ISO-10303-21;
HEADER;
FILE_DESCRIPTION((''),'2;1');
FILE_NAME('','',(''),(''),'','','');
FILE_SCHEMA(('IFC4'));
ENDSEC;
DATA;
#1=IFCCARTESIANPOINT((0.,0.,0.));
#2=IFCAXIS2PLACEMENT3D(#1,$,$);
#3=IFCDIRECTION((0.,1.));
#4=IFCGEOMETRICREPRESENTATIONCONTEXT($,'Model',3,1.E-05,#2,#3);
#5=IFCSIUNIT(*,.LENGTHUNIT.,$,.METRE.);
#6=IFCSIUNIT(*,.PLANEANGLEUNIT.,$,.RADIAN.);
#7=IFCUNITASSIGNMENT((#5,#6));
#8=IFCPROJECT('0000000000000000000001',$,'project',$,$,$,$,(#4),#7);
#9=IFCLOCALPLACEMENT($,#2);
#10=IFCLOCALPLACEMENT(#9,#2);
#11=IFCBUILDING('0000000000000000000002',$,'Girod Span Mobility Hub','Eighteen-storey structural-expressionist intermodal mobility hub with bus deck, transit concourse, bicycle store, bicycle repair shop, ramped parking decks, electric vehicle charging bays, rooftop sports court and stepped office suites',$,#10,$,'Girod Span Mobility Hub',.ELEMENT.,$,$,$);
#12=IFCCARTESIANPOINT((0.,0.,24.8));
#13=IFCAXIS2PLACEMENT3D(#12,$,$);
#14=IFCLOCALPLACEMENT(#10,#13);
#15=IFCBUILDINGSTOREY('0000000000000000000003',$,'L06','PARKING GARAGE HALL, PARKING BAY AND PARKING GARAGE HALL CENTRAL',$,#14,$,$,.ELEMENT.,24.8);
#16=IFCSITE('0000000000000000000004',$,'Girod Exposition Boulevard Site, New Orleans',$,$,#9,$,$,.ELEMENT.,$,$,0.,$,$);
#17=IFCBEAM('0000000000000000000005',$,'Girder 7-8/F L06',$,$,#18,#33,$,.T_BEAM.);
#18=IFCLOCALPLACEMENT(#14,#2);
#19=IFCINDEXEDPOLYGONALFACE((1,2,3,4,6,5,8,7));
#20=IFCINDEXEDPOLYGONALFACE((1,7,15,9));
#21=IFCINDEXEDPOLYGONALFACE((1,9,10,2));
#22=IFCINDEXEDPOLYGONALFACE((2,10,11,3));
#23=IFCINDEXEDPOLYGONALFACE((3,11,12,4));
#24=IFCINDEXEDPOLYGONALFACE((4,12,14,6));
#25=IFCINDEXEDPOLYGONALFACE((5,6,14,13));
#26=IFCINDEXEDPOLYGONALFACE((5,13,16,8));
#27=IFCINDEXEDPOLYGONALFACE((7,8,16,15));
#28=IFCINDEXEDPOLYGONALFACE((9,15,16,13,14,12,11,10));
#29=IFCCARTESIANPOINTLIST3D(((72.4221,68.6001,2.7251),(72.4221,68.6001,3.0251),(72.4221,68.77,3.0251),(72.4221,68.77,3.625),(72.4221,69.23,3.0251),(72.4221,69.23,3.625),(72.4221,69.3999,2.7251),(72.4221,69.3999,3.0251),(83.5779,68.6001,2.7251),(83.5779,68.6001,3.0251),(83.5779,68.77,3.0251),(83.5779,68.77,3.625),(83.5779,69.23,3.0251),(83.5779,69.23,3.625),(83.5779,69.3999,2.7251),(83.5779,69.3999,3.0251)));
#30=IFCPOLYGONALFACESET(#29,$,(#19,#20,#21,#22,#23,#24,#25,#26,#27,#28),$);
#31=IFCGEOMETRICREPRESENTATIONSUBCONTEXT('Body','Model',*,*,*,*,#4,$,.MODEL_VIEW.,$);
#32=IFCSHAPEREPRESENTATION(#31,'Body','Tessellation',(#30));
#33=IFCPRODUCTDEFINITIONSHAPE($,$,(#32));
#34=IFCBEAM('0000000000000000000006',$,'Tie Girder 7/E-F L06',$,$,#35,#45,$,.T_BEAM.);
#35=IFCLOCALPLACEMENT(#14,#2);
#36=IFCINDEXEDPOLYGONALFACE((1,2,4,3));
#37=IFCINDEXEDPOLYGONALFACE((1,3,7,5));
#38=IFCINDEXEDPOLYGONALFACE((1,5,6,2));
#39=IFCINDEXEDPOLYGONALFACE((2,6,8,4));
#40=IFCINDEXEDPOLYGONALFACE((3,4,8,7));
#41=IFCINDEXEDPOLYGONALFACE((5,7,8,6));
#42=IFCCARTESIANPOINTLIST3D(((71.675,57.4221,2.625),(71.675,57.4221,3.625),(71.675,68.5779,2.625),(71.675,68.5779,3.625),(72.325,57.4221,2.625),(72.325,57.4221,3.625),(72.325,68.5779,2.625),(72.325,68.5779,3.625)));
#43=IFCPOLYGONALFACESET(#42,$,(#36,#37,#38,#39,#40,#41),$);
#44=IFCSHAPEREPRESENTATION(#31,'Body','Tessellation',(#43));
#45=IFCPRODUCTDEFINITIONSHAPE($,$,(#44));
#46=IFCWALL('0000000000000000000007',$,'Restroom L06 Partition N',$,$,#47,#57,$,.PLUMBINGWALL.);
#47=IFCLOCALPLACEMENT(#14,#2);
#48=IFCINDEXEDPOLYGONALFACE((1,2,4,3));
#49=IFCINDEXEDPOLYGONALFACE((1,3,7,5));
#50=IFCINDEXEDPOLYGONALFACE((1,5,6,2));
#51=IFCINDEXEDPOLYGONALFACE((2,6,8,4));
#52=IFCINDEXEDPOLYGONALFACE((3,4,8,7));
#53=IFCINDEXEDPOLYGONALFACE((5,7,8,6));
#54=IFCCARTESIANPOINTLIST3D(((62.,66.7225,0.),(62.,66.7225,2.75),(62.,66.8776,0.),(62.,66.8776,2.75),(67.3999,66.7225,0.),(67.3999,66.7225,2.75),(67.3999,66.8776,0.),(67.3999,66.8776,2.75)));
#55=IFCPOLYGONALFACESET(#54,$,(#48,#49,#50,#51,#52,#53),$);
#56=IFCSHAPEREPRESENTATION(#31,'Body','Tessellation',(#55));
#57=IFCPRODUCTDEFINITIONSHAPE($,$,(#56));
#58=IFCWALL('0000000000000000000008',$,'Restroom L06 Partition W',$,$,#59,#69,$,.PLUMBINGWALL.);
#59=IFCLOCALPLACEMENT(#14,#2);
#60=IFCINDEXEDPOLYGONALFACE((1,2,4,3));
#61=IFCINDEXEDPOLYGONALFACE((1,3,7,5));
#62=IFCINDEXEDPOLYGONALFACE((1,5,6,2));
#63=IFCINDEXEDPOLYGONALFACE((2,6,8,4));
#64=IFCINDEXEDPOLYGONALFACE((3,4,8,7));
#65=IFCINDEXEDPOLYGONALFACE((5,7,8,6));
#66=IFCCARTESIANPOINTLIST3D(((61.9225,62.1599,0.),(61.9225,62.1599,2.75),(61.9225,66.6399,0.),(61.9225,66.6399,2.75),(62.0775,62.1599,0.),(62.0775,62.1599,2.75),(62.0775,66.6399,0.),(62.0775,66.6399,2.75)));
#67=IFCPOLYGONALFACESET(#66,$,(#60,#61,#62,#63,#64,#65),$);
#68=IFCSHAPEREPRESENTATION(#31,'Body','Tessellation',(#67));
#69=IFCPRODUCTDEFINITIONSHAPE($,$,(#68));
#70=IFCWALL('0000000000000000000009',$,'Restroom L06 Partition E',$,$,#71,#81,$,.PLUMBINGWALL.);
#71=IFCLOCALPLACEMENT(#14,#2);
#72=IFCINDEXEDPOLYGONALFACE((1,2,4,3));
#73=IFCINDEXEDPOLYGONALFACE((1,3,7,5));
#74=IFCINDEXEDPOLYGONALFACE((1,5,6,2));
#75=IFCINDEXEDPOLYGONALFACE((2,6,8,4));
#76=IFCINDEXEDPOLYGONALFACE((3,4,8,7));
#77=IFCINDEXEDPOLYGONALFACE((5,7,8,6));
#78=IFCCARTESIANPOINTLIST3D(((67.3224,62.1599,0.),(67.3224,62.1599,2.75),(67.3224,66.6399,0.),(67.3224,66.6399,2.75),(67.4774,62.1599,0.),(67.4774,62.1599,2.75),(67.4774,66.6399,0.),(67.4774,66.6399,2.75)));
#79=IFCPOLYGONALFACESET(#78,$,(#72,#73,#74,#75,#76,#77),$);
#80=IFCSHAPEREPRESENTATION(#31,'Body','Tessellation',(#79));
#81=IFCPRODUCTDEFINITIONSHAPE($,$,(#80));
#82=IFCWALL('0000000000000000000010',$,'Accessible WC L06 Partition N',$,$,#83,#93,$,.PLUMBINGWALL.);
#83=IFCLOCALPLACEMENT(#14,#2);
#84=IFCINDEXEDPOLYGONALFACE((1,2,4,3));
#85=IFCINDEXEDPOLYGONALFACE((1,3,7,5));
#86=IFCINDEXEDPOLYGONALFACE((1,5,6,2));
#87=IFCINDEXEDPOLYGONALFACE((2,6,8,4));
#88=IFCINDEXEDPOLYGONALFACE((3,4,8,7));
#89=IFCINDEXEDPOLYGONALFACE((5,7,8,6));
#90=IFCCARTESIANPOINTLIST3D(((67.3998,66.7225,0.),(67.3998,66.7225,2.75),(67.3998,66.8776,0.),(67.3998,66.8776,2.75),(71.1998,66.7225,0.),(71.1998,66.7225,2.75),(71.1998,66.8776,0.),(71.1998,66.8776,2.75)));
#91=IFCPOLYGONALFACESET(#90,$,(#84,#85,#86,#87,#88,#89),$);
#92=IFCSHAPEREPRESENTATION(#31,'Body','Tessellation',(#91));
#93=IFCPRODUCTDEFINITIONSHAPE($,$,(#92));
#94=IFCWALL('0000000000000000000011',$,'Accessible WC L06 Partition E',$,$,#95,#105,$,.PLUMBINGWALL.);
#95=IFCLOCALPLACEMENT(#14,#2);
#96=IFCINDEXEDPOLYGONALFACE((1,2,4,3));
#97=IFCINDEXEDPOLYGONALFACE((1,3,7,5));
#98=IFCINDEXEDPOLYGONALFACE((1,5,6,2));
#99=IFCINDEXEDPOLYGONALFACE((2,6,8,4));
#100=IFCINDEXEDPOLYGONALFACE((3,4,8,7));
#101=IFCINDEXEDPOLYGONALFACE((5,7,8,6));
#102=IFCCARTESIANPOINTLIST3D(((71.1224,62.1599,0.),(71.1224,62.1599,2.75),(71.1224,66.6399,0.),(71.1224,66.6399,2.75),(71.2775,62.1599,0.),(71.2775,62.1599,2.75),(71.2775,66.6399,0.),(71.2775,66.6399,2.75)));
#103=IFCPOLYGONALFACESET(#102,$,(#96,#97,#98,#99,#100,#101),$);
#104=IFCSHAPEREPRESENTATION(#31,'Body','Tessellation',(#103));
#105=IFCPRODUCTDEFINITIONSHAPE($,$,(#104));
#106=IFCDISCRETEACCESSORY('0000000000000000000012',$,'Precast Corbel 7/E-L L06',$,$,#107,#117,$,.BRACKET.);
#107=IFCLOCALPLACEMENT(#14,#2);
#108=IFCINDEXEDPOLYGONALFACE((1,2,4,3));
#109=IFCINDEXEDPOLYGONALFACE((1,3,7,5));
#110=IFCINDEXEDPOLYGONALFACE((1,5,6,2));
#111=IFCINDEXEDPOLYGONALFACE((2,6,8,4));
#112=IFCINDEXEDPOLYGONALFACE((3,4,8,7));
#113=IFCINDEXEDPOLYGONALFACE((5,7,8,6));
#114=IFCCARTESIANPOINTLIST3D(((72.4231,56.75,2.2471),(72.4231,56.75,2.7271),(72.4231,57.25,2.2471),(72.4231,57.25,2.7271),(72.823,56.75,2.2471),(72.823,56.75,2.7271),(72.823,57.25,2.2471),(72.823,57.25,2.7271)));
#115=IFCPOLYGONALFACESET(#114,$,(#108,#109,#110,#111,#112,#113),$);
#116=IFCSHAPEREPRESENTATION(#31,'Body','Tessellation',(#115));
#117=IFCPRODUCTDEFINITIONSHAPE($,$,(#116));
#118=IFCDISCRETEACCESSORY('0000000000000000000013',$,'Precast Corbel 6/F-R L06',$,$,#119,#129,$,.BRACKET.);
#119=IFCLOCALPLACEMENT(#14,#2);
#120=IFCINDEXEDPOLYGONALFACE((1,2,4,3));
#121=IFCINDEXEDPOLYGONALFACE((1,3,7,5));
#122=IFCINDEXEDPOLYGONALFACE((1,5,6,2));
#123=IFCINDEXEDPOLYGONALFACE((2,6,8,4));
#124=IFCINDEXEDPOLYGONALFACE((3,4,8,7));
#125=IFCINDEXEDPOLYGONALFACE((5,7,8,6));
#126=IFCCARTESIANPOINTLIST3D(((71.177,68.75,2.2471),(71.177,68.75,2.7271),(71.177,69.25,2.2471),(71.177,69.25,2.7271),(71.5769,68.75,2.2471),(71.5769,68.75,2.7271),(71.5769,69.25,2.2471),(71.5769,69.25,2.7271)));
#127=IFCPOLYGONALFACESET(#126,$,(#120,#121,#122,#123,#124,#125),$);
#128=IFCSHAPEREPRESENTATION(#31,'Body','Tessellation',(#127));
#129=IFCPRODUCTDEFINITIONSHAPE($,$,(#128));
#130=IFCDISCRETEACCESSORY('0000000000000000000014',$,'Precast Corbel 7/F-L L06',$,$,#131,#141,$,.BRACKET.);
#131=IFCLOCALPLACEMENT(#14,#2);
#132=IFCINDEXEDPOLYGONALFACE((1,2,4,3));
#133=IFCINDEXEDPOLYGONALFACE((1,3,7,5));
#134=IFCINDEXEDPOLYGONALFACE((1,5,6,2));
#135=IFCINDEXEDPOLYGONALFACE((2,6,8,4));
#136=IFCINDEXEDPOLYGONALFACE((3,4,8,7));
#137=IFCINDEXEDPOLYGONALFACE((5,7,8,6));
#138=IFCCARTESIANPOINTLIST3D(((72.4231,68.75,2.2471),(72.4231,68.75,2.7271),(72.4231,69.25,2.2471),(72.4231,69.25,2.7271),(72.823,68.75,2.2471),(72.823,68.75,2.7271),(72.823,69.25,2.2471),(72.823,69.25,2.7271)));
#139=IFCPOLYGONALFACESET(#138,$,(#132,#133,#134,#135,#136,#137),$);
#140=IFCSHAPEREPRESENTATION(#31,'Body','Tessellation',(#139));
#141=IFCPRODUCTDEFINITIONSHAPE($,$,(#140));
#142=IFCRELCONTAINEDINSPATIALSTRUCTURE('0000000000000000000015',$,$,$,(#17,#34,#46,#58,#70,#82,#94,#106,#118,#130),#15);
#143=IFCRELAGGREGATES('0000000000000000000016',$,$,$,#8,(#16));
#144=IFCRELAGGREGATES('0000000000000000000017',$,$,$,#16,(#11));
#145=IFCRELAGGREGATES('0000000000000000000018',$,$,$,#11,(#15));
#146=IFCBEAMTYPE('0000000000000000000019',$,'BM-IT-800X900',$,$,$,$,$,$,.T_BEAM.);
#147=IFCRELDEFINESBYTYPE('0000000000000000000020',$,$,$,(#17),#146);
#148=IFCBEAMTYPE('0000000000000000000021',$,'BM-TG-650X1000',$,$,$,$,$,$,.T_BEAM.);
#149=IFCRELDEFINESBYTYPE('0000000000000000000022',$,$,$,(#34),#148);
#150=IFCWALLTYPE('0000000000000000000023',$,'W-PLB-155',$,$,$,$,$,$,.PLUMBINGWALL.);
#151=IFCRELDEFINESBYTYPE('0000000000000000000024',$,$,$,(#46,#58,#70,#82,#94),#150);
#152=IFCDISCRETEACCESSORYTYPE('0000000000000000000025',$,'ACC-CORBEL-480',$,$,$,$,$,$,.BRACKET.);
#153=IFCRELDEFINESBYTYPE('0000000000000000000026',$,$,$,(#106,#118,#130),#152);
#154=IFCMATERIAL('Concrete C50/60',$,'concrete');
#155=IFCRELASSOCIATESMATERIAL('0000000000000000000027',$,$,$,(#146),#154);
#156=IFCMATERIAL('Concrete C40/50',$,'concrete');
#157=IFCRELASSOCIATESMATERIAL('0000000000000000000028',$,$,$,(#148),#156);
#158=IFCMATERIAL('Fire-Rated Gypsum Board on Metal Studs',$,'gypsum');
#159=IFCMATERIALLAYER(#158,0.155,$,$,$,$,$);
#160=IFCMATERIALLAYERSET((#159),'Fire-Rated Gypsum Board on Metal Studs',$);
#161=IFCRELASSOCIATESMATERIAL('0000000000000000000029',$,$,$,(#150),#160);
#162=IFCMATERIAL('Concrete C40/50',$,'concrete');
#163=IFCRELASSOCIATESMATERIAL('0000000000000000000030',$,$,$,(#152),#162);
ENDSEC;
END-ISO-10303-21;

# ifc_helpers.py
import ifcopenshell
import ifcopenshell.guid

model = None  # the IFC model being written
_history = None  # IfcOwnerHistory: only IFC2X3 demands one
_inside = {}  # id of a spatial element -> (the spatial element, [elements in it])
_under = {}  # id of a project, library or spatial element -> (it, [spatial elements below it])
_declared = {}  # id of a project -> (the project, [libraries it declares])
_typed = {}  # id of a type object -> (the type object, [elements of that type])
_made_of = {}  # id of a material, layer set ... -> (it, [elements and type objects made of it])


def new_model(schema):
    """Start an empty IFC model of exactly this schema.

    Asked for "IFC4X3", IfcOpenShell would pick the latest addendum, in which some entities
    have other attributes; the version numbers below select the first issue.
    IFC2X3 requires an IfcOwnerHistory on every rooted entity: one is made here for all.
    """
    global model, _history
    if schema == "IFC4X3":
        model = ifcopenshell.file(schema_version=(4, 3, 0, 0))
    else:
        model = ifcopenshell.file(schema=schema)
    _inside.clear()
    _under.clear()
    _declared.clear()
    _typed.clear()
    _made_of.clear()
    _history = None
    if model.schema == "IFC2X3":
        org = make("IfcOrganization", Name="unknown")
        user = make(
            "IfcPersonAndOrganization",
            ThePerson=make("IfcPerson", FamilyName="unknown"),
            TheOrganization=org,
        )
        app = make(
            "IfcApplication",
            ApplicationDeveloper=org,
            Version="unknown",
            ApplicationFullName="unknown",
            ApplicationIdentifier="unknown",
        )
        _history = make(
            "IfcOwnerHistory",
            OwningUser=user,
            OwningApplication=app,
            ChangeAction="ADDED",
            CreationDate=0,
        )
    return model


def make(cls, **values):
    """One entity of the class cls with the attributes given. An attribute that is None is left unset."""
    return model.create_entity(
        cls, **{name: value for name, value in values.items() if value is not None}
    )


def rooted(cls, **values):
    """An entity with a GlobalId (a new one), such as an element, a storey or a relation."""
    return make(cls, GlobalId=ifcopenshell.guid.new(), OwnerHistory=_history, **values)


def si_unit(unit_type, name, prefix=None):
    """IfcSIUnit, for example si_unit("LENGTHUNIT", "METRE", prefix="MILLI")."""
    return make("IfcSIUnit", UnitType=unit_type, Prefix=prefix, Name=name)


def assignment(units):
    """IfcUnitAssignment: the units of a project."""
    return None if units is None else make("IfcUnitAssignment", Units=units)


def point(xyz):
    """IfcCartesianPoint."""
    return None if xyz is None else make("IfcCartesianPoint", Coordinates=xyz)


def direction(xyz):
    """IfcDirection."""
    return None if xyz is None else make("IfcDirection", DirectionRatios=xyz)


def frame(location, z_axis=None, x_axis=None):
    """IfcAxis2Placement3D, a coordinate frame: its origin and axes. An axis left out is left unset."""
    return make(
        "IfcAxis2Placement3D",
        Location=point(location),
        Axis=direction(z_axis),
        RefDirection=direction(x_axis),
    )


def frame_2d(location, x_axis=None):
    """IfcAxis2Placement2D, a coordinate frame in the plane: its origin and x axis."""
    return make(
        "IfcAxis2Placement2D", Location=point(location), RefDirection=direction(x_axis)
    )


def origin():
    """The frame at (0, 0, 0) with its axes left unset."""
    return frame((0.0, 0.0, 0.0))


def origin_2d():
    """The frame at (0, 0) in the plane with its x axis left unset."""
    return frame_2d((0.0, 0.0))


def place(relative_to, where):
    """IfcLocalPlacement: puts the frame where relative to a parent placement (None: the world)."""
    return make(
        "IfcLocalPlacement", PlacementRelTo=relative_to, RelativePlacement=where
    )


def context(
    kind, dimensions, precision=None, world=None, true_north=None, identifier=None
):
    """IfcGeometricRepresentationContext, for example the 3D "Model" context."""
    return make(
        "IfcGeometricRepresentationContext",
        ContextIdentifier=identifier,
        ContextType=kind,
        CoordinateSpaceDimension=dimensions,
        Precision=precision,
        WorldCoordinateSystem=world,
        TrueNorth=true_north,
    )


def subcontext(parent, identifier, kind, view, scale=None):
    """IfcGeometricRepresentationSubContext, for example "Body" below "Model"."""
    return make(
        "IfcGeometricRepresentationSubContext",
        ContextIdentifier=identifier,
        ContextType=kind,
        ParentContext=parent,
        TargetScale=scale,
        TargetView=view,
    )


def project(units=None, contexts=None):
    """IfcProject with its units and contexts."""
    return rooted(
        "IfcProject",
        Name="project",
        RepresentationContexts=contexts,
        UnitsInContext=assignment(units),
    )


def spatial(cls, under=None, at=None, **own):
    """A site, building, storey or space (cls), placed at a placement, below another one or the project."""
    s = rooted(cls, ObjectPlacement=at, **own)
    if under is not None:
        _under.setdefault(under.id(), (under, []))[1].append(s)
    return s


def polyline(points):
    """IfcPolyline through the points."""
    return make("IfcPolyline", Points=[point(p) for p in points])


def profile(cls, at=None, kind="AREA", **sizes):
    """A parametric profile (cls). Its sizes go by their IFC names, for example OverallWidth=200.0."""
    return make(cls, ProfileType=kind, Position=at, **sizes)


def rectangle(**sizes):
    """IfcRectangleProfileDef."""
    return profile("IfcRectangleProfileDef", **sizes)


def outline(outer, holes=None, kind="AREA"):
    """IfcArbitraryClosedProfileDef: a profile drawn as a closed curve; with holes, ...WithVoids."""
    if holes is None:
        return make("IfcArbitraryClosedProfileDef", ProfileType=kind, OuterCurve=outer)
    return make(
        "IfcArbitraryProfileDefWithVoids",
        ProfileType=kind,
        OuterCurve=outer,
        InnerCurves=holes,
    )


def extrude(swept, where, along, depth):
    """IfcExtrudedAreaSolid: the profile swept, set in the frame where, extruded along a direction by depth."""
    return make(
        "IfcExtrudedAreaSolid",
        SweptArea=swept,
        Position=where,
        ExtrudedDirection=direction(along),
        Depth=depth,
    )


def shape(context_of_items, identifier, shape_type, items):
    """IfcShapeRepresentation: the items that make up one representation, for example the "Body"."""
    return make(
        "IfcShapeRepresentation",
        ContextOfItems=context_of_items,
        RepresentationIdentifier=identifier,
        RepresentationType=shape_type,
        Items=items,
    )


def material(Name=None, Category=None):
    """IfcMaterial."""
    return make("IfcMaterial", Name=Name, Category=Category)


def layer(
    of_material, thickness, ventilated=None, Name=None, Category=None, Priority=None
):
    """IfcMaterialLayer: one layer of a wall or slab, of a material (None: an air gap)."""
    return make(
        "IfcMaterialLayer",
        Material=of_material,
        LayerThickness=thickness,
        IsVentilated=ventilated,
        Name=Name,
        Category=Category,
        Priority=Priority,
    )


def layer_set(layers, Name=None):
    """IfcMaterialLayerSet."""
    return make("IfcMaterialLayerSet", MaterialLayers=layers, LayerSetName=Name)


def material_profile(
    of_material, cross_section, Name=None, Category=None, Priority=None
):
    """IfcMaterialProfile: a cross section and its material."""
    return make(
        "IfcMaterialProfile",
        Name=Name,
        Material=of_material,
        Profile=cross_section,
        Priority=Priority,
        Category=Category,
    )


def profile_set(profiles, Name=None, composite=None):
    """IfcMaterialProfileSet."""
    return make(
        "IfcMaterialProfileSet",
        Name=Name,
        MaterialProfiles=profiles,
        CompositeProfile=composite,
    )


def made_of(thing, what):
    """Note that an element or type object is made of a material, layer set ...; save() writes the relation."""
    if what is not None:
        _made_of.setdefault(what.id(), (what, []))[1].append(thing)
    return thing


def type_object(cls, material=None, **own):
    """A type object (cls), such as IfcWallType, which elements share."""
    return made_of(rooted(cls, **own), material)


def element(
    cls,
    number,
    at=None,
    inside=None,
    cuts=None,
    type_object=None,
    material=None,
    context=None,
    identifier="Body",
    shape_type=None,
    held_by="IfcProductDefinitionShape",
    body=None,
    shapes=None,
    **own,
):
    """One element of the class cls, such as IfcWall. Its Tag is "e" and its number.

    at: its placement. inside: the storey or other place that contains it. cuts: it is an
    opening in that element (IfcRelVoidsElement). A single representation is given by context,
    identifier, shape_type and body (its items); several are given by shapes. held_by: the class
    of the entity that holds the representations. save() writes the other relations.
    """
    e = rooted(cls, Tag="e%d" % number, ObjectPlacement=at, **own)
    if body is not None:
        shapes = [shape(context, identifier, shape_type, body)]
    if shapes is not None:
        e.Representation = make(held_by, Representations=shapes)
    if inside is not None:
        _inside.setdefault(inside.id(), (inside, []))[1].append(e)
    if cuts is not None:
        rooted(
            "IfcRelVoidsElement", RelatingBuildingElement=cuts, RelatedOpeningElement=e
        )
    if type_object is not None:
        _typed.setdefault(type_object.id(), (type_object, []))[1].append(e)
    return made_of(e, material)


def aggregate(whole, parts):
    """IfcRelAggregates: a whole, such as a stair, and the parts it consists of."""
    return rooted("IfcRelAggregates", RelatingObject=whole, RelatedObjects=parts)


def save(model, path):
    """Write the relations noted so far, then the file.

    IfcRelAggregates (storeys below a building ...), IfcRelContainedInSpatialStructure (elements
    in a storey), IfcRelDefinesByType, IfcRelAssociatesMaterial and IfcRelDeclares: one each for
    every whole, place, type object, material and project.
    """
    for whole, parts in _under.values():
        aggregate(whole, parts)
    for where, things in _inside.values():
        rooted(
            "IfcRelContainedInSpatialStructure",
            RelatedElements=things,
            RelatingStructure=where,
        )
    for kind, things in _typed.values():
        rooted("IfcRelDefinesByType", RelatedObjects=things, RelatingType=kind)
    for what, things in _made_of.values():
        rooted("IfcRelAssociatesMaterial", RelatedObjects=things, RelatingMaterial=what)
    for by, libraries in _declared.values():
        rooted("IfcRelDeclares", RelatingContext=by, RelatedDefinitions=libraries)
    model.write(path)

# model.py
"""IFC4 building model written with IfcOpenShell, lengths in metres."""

from ifc_helpers import new_model, si_unit, direction, frame, frame_2d, origin, origin_2d, place, context, subcontext, project, spatial, polyline, rectangle, outline, extrude, material, layer, layer_set, material_profile, profile_set, type_object, element, save


model = new_model("IFC4")

# Units and contexts
model_context = context("Model", 3, precision=1e-05, world=origin(), true_north=direction((0.0, 1.0)))
body_context = subcontext(model_context, "Body", "Model", "MODEL_VIEW")
ifc_project = project(units=[si_unit("LENGTHUNIT", "METRE"), si_unit("PLANEANGLEUNIT", "RADIAN")], contexts=[model_context])

# Site, building, storey
site_placement = place(None, origin())
site = spatial("IfcSite", under=ifc_project, at=site_placement, Name="Girod Exposition Boulevard Site, New Orleans", CompositionType="ELEMENT", RefElevation=0.0)
building_placement = place(site_placement, origin())
building = spatial("IfcBuilding", under=site, at=building_placement, Name="Girod Span Mobility Hub", Description="Eighteen-storey structural-expressionist intermodal mobility hub with bus deck, transit concourse, bicycle store, bicycle repair shop, ramped parking decks, electric vehicle charging bays, rooftop sports court and stepped office suites", LongName="Girod Span Mobility Hub", CompositionType="ELEMENT")
storey_placement = place(building_placement, frame((0.0, 0.0, 24.8)))
storey = spatial("IfcBuildingStorey", under=building, at=storey_placement, Name="L06", Description="PARKING GARAGE HALL, PARKING BAY AND PARKING GARAGE HALL CENTRAL", CompositionType="ELEMENT", Elevation=24.8)

# Beams
ifc_material_1 = material(Name="Concrete C50/60", Category="concrete")
ifc_material_profile_1 = material_profile(ifc_material_1, outline(polyline([(-0.3999, -0.45), (0.3999, -0.45), (0.3999, -0.1499), (0.23, -0.1499), (0.23, 0.45), (-0.23, 0.45), (-0.23, -0.1499), (-0.3999, -0.1499), (-0.3999, -0.45)])), Name="IT-800X900")
ifc_profile_set_1 = profile_set([ifc_material_profile_1], Name="Concrete C50/60")
beam_type_1 = type_object("IfcBeamType", Name="BM-IT-800X900", PredefinedType="T_BEAM", material=ifc_profile_set_1)
for number, where, z_axis, x_axis, name in (
    (1, (72.4221, 69.0, 3.175), (1.0, 0.0, 0.0), (0.0, 1.0, 0.0), "Girder 7-8/F L06"),
):
    element("IfcBeam", number, at=place(storey_placement, frame(where, z_axis=z_axis, x_axis=x_axis)), inside=storey, type_object=beam_type_1, Name=name, PredefinedType="T_BEAM", context=body_context, shape_type="SweptSolid", body=[
        extrude(outline(polyline([(-0.3999, -0.45), (0.3999, -0.45), (0.3999, -0.1499), (0.23, -0.1499), (0.23, 0.45), (-0.23, 0.45), (-0.23, -0.1499), (-0.3999, -0.1499), (-0.3999, -0.45)])), origin(), (0.0, 0.0, 1.0), 11.1558),
    ])
ifc_material_2 = material(Name="Concrete C40/50", Category="concrete")
ifc_material_profile_2 = material_profile(ifc_material_2, rectangle(XDim=0.6499, YDim=1.0, at=origin_2d()), Name="TG-650X1000")
ifc_profile_set_2 = profile_set([ifc_material_profile_2], Name="Concrete C40/50")
beam_type_2 = type_object("IfcBeamType", Name="BM-TG-650X1000", PredefinedType="T_BEAM", material=ifc_profile_set_2)
beam_placement = place(storey_placement, frame((72.0, 57.4221, 3.125), z_axis=(0.0, 1.0, 0.0), x_axis=(-1.0, 0.0, 0.0)))
element("IfcBeam", 2, at=beam_placement, inside=storey, type_object=beam_type_2, Name="Tie Girder 7/E-F L06", PredefinedType="T_BEAM", context=body_context, shape_type="SweptSolid", body=[
    extrude(rectangle(XDim=0.6499, YDim=1.0, at=origin_2d()), origin(), (0.0, 0.0, 1.0), 11.1558),
])

# Shared definitions
ifc_material_3 = material(Name="Fire-Rated Gypsum Board on Metal Studs", Category="gypsum")
ifc_layer = layer(ifc_material_3, 0.155)
ifc_layer_set = layer_set([ifc_layer], Name="Fire-Rated Gypsum Board on Metal Studs")
wall_type = type_object("IfcWallType", Name="W-PLB-155", PredefinedType="PLUMBINGWALL", material=ifc_layer_set)

# Walls
wall_1_placement = place(storey_placement, frame((62.0, 66.8, 0.0), z_axis=(0.0, 0.0, 1.0), x_axis=(1.0, 0.0, 0.0)))
element("IfcWall", 3, at=wall_1_placement, inside=storey, type_object=wall_type, Name="Restroom L06 Partition N", PredefinedType="PLUMBINGWALL", context=body_context, shape_type="SweptSolid", body=[
    extrude(rectangle(XDim=5.3999, YDim=0.155, at=frame_2d((2.7, 0.0))), origin(), (0.0, 0.0, 1.0), 2.75),
])
for number, where, z_axis, x_axis, name in (
    (4, (62.0, 62.1599, 0.0), (0.0, 0.0, 1.0), (0.0, 1.0, 0.0), "Restroom L06 Partition W"),
    (5, (67.3999, 62.1599, 0.0), (0.0, 0.0, 1.0), (0.0, 1.0, 0.0), "Restroom L06 Partition E"),
):
    element("IfcWall", number, at=place(storey_placement, frame(where, z_axis=z_axis, x_axis=x_axis)), inside=storey, type_object=wall_type, Name=name, PredefinedType="PLUMBINGWALL", context=body_context, shape_type="SweptSolid", body=[
        extrude(rectangle(XDim=4.48, YDim=0.155, at=frame_2d((2.24, 0.0))), origin(), (0.0, 0.0, 1.0), 2.75),
    ])

# Walls
wall_2_placement = place(storey_placement, frame((67.3999, 66.8, 0.0), z_axis=(0.0, 0.0, 1.0), x_axis=(1.0, 0.0, 0.0)))
element("IfcWall", 6, at=wall_2_placement, inside=storey, type_object=wall_type, Name="Accessible WC L06 Partition N", PredefinedType="PLUMBINGWALL", context=body_context, shape_type="SweptSolid", body=[
    extrude(rectangle(XDim=3.8, YDim=0.155, at=frame_2d((1.8999, 0.0))), origin(), (0.0, 0.0, 1.0), 2.75),
])
wall_3_placement = place(storey_placement, frame((71.2, 62.1599, 0.0), z_axis=(0.0, 0.0, 1.0), x_axis=(0.0, 1.0, 0.0)))
element("IfcWall", 7, at=wall_3_placement, inside=storey, type_object=wall_type, Name="Accessible WC L06 Partition E", PredefinedType="PLUMBINGWALL", context=body_context, shape_type="SweptSolid", body=[
    extrude(rectangle(XDim=4.48, YDim=0.155, at=frame_2d((2.24, 0.0))), origin(), (0.0, 0.0, 1.0), 2.75),
])

# Discrete accessories
ifc_material_4 = material(Name="Concrete C40/50", Category="concrete")
discrete_accessory_type = type_object("IfcDiscreteAccessoryType", Name="ACC-CORBEL-480", PredefinedType="BRACKET", material=ifc_material_4)
for number, where, z_axis, x_axis, name in (
    (8, (72.623, 57.0, 2.2471), (0.0, 0.0, 1.0), (1.0, 0.0, 0.0), "Precast Corbel 7/E-L L06"),
    (9, (71.377, 69.0, 2.2471), (0.0, 0.0, 1.0), (1.0, 0.0, 0.0), "Precast Corbel 6/F-R L06"),
    (10, (72.623, 69.0, 2.2471), (0.0, 0.0, 1.0), (1.0, 0.0, 0.0), "Precast Corbel 7/F-L L06"),
):
    element("IfcDiscreteAccessory", number, at=place(storey_placement, frame(where, z_axis=z_axis, x_axis=x_axis)), inside=storey, type_object=discrete_accessory_type, Name=name, PredefinedType="BRACKET", context=body_context, shape_type="SweptSolid", body=[
        extrude(rectangle(XDim=0.3999, YDim=0.5, at=origin_2d()), origin(), (0.0, 0.0, 1.0), 0.48),
    ])

save(model, "model.ifc")
